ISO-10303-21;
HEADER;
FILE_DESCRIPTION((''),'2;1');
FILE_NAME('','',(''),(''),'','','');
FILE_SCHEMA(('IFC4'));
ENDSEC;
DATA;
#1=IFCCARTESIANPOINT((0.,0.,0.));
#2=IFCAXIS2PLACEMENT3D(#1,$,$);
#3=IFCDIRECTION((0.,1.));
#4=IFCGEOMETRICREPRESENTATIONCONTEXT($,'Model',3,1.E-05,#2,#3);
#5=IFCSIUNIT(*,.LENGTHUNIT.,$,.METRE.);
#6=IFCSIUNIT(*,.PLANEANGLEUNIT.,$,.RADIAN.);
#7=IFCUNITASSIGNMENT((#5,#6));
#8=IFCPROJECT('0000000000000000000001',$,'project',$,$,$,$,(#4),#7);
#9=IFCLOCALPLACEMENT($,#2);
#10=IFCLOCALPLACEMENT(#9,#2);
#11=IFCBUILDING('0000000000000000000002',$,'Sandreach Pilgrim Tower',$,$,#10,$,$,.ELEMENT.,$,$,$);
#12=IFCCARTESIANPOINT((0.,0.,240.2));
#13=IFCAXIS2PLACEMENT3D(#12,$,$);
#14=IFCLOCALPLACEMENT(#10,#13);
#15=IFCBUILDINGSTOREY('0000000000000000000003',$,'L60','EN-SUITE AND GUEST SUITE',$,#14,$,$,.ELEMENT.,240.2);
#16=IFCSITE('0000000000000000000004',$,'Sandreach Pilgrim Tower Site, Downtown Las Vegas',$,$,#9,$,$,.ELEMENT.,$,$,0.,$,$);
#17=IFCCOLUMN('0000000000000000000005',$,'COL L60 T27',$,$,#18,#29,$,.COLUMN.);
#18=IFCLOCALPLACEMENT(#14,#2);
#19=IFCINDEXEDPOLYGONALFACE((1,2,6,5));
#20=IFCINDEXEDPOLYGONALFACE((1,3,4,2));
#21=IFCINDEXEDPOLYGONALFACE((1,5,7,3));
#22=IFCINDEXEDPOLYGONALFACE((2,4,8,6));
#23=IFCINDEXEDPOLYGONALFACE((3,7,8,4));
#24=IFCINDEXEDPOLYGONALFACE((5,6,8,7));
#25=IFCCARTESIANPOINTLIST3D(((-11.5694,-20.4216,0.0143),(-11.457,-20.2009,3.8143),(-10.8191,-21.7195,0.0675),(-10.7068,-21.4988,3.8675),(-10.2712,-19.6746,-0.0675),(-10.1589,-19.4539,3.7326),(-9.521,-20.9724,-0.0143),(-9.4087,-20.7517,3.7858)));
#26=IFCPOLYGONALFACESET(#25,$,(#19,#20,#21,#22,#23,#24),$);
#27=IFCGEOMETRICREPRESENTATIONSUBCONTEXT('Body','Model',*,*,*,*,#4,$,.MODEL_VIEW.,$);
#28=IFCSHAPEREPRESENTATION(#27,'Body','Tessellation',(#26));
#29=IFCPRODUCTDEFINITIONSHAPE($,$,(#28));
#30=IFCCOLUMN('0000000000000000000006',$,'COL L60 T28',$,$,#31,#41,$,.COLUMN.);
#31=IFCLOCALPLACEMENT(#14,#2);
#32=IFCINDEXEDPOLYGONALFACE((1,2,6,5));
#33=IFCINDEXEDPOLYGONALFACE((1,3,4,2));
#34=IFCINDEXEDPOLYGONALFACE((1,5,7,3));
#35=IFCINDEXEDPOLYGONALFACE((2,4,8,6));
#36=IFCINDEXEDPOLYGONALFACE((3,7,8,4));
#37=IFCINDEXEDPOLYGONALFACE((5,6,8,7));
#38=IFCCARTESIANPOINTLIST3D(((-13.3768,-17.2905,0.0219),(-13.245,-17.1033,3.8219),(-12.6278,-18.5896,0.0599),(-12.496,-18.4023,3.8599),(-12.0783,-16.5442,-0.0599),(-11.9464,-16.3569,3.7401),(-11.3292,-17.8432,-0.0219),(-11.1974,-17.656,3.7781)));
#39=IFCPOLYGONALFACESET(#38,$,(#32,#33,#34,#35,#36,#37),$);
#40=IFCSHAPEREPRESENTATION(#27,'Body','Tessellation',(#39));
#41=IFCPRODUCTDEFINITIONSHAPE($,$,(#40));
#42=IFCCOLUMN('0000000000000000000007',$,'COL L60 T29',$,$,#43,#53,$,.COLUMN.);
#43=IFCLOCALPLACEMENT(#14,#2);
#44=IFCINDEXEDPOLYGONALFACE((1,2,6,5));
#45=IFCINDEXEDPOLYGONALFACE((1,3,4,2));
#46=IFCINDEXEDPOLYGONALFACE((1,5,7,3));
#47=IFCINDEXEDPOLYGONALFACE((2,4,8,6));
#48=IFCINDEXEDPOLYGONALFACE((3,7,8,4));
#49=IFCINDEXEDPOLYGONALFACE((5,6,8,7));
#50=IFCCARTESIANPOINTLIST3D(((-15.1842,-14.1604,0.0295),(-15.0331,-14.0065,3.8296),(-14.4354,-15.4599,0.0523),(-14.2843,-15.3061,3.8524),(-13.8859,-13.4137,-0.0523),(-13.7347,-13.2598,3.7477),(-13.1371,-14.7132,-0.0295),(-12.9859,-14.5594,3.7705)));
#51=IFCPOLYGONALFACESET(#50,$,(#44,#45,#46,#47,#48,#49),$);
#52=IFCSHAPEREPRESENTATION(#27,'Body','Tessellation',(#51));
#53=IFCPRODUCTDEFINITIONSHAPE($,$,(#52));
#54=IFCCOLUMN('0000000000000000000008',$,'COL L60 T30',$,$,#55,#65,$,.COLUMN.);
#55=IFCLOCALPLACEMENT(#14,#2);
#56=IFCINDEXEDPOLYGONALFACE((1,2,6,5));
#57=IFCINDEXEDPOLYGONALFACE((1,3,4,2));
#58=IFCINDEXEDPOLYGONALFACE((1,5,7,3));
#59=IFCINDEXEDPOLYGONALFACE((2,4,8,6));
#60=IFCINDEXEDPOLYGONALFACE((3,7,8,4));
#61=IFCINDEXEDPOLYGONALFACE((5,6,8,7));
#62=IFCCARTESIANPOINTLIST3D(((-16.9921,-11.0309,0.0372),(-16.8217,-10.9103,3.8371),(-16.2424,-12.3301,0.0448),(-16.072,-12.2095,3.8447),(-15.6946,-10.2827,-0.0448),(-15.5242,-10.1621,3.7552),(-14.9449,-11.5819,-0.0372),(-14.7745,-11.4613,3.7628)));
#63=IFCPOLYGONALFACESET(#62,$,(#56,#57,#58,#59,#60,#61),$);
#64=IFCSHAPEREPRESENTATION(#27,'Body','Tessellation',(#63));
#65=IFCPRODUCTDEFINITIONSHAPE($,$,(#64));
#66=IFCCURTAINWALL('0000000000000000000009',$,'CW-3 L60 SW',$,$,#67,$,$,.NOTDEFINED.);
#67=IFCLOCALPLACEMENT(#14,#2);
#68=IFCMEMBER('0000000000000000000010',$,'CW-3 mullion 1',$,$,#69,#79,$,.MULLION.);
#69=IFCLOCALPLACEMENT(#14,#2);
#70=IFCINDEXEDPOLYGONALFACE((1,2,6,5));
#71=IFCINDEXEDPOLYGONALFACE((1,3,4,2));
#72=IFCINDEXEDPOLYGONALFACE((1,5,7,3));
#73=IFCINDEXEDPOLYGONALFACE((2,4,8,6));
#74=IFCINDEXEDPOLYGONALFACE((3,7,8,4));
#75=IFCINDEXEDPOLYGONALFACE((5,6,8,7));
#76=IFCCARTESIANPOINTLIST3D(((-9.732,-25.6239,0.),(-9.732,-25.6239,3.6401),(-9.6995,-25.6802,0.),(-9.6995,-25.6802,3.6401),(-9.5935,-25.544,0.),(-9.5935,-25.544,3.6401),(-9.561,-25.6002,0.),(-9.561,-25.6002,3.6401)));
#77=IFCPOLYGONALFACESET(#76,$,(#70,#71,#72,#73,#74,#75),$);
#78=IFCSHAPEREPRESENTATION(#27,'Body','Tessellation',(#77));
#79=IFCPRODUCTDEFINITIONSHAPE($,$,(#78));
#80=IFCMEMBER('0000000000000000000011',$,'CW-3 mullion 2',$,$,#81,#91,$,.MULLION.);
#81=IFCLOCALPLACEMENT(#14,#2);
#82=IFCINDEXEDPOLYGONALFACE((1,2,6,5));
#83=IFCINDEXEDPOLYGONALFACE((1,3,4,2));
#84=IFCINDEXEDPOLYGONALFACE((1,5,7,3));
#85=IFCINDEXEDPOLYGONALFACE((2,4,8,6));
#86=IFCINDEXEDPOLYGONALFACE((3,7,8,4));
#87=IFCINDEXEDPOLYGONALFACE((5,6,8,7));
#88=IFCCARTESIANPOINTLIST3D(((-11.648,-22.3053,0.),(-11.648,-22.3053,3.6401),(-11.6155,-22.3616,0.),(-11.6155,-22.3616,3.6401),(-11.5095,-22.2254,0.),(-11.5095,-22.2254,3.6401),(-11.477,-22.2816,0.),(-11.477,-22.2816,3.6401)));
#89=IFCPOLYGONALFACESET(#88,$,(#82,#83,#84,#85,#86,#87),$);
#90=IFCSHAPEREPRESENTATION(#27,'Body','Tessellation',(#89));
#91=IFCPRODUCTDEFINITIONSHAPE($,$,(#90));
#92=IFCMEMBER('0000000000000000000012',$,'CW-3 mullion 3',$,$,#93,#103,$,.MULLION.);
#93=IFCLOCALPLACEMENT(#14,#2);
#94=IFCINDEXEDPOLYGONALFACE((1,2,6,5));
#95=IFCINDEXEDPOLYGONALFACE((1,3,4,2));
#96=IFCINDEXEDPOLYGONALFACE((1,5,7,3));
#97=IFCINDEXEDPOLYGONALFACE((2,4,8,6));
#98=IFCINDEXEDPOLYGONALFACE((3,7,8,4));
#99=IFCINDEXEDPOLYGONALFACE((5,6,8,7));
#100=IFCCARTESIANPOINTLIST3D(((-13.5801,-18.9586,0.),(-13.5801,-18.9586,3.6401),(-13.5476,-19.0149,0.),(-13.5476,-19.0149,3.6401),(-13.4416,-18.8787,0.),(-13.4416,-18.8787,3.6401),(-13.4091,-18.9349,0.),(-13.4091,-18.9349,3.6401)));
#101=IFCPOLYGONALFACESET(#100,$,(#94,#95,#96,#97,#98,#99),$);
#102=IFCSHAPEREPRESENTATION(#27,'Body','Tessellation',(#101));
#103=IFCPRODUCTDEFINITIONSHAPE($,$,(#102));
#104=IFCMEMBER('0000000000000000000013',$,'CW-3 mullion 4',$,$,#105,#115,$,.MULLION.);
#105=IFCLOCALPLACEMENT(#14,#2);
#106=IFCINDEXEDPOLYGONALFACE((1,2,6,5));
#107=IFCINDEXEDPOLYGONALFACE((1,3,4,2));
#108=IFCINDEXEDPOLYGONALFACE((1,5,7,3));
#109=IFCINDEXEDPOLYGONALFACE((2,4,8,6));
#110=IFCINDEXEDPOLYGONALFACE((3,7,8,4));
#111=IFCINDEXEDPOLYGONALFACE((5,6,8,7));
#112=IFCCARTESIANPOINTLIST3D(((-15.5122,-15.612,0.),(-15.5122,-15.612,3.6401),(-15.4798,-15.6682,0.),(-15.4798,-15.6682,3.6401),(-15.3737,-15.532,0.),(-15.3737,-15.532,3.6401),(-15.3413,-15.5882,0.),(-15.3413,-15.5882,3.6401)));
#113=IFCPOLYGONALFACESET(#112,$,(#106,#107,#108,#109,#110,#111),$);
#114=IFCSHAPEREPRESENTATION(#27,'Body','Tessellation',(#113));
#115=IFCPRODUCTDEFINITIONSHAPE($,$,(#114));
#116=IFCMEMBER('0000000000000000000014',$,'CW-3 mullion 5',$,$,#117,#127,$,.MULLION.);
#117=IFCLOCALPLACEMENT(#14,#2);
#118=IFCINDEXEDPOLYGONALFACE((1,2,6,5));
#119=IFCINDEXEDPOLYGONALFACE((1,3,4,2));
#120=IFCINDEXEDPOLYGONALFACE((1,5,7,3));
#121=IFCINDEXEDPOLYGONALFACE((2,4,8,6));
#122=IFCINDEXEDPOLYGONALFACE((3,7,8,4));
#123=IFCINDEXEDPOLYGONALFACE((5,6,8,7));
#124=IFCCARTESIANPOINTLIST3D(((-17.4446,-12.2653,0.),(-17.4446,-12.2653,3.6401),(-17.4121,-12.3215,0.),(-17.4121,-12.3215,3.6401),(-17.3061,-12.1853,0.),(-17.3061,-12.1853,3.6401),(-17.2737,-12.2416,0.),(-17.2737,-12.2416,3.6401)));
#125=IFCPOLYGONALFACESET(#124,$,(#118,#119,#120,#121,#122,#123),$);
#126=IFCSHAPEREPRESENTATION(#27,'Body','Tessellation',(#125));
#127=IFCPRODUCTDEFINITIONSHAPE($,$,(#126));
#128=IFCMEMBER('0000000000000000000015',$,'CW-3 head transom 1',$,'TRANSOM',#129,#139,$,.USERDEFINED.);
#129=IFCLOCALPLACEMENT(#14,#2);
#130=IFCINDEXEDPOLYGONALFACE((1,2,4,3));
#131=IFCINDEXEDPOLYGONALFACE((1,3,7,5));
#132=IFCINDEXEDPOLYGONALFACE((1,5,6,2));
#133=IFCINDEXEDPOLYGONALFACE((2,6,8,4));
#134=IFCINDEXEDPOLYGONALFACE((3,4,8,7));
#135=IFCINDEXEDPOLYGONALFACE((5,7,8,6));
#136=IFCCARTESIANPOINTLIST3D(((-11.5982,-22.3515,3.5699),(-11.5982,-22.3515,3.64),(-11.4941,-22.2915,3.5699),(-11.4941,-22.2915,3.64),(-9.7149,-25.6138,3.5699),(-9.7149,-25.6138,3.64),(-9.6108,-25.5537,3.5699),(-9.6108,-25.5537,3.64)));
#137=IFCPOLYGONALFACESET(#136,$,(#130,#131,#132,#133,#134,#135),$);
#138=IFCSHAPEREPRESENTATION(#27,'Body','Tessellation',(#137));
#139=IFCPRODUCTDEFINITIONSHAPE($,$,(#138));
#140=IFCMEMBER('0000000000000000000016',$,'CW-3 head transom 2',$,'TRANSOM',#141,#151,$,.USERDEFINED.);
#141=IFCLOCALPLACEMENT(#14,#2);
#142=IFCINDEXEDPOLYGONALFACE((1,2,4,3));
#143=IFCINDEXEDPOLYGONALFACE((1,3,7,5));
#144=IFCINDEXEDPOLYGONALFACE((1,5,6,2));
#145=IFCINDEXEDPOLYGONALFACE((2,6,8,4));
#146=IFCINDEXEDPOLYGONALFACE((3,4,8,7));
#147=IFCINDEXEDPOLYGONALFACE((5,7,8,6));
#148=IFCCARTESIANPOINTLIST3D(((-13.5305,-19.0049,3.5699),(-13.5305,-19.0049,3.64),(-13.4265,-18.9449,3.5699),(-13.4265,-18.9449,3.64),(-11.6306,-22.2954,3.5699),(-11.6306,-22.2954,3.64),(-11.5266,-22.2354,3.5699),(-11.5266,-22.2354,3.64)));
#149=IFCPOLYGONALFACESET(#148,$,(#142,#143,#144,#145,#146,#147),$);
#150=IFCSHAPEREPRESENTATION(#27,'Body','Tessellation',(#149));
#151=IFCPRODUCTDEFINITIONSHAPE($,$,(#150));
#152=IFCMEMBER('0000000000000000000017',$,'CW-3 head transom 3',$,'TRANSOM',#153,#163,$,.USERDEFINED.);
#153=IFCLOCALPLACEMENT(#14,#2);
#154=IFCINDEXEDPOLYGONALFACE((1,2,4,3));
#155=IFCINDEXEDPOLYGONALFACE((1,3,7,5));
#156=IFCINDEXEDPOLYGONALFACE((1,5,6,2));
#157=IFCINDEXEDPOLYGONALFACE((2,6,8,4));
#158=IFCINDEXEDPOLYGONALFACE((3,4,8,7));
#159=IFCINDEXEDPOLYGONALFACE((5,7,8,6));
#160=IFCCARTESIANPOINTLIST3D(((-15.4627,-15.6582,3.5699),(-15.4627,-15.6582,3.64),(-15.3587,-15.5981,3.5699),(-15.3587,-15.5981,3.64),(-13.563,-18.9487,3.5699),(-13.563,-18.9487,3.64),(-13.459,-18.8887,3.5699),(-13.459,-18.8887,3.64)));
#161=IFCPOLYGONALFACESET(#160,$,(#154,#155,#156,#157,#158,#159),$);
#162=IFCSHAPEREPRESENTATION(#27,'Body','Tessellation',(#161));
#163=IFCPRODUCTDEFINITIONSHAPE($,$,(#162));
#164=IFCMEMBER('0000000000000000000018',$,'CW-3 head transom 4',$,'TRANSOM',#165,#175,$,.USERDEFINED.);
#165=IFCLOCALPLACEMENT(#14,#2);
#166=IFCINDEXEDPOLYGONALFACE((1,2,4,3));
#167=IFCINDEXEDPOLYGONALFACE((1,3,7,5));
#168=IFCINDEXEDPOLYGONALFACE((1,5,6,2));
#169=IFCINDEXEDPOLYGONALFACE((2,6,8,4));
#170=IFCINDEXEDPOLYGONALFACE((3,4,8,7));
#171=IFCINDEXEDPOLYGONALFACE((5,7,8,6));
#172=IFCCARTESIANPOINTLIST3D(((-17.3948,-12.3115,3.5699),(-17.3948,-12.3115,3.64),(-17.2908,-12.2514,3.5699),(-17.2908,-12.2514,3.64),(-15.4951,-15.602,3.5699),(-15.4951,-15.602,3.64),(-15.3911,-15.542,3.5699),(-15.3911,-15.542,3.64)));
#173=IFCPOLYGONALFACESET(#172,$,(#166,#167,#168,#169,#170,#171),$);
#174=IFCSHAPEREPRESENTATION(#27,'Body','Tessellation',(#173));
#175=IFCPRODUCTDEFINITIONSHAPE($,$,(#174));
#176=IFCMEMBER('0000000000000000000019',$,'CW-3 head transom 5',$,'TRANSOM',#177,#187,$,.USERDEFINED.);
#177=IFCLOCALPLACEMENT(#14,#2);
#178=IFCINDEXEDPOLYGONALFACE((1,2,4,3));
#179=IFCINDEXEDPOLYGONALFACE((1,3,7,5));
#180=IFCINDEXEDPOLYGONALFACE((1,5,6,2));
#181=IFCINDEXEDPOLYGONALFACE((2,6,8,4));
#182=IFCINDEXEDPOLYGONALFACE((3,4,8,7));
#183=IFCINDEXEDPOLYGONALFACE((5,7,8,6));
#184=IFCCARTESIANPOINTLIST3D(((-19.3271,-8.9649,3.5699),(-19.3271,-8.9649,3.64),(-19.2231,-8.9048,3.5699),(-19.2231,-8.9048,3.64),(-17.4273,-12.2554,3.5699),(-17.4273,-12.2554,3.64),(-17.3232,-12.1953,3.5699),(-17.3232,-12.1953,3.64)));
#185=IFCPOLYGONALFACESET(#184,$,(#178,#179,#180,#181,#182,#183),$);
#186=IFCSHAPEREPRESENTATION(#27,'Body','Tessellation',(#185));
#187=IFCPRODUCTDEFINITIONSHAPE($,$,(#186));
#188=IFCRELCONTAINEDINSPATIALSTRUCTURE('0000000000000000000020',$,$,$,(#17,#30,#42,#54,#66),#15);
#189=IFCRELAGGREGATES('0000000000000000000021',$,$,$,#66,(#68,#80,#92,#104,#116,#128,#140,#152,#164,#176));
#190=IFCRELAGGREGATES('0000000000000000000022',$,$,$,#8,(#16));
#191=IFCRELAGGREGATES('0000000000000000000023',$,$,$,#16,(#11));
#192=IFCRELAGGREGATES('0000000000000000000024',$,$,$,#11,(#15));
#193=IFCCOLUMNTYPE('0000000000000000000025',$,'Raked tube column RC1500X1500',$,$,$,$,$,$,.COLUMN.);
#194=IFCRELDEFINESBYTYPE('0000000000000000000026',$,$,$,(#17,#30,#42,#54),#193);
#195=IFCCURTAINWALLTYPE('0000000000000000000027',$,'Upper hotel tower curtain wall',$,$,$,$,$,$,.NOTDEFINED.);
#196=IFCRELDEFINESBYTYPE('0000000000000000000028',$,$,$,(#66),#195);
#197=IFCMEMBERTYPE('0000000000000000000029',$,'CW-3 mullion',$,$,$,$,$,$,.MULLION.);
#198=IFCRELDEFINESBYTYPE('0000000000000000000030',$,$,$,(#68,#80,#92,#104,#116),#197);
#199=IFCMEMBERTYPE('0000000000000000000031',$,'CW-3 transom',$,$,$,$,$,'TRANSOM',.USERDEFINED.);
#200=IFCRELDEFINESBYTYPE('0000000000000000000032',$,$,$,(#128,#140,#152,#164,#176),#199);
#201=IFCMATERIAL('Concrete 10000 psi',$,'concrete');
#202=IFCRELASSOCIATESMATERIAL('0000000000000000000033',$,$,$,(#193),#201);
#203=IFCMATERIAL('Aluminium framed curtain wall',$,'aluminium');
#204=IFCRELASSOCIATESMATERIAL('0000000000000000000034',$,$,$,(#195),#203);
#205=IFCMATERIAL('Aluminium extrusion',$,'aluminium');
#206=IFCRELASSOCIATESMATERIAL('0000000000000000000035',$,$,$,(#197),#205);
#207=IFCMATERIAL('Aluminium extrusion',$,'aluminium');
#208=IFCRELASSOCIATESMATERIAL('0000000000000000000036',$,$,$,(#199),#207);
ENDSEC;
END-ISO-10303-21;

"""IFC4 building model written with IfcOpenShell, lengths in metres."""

from ifc_helpers import new_model, si_unit, direction, frame, origin, origin_2d, place, context, subcontext, project, spatial, rectangle, extrude, material, material_profile, profile_set, type_object, element, aggregate, save


model = new_model("IFC4")

# Units and contexts
model_context = context("Model", 3, precision=1e-05, world=origin(), true_north=direction((0.0, 1.0)))
body_context = subcontext(model_context, "Body", "Model", "MODEL_VIEW")
ifc_project = project(units=[si_unit("LENGTHUNIT", "METRE"), si_unit("PLANEANGLEUNIT", "RADIAN")], contexts=[model_context])

# Site, building, storey
site_placement = place(None, origin())
site = spatial("IfcSite", under=ifc_project, at=site_placement, Name="Sandreach Pilgrim Tower Site, Downtown Las Vegas", CompositionType="ELEMENT", RefElevation=0.0)
building_placement = place(site_placement, origin())
building = spatial("IfcBuilding", under=site, at=building_placement, Name="Sandreach Pilgrim Tower", CompositionType="ELEMENT")
storey_placement = place(building_placement, frame((0.0, 0.0, 240.2)))
storey = spatial("IfcBuildingStorey", under=building, at=storey_placement, Name="L60", Description="EN-SUITE AND GUEST SUITE", CompositionType="ELEMENT", Elevation=240.2)

# Columns
ifc_material_1 = material(Name="Concrete 10000 psi", Category="concrete")
ifc_material_profile_1 = material_profile(ifc_material_1, rectangle(XDim=1.5, YDim=1.5, at=origin_2d()), Name="RC1500X1500")
ifc_profile_set_1 = profile_set([ifc_material_profile_1], Name="Concrete 10000 psi")
column_type = type_object("IfcColumnType", Name="Raked tube column RC1500X1500", PredefinedType="COLUMN", material=ifc_profile_set_1)
column_1_placement = place(storey_placement, frame((-10.5452, -20.697, 0.0), z_axis=(0.029491, 0.057956, 0.997883), x_axis=(-0.865444, -0.498032, 0.054502)))
element("IfcColumn", 1, at=column_1_placement, inside=storey, type_object=column_type, Name="COL L60 T27", PredefinedType="COLUMN", context=body_context, shape_type="SweptSolid", body=[
    extrude(rectangle(XDim=1.5, YDim=1.5, at=origin_2d()), origin(), (0.0, 0.0, 1.0), 3.8081),
])
column_2_placement = place(storey_placement, frame((-12.353, -17.5669, 0.0), z_axis=(0.03463, 0.049188, 0.998189), x_axis=(-0.865711, -0.497563, 0.054553)))
element("IfcColumn", 2, at=column_2_placement, inside=storey, type_object=column_type, Name="COL L60 T28", PredefinedType="COLUMN", context=body_context, shape_type="SweptSolid", body=[
    extrude(rectangle(XDim=1.5, YDim=1.5, at=origin_2d()), origin(), (0.0, 0.0, 1.0), 3.8069),
])
column_3_placement = place(storey_placement, frame((-14.1606, -14.4368, 0.0), z_axis=(0.039705, 0.04041, 0.998394), x_axis=(-0.865573, -0.4978, 0.054571)))
element("IfcColumn", 3, at=column_3_placement, inside=storey, type_object=column_type, Name="COL L60 T29", PredefinedType="COLUMN", context=body_context, shape_type="SweptSolid", body=[
    extrude(rectangle(XDim=1.5, YDim=1.5, at=origin_2d()), origin(), (0.0, 0.0, 1.0), 3.8062),
])
column_4_placement = place(storey_placement, frame((-15.9685, -11.3064, 0.0), z_axis=(0.044777, 0.03169, 0.998494), x_axis=(-0.864976, -0.498832, 0.054621)))
element("IfcColumn", 4, at=column_4_placement, inside=storey, type_object=column_type, Name="COL L60 T30", PredefinedType="COLUMN", context=body_context, shape_type="SweptSolid", body=[
    extrude(rectangle(XDim=1.5, YDim=1.5, at=origin_2d()), origin(), (0.0, 0.0, 1.0), 3.8057),
])

# Curtain wall, members
ifc_material_2 = material(Name="Aluminium framed curtain wall", Category="aluminium")
curtain_wall_type = type_object("IfcCurtainWallType", Name="Upper hotel tower curtain wall", PredefinedType="NOTDEFINED", material=ifc_material_2)
curtain_wall_placement = place(storey_placement, origin())
curtain_wall = element("IfcCurtainWall", 5, at=curtain_wall_placement, inside=storey, type_object=curtain_wall_type, Name="CW-3 L60 SW", PredefinedType="NOTDEFINED")
ifc_material_3 = material(Name="Aluminium extrusion", Category="aluminium")
ifc_material_profile_2 = material_profile(ifc_material_3, rectangle(XDim=0.0649, YDim=0.1599, at=origin_2d()), Name="CW-3M 65X160")
ifc_profile_set_2 = profile_set([ifc_material_profile_2], Name="Aluminium extrusion")
member_type_1 = type_object("IfcMemberType", Name="CW-3 mullion", PredefinedType="MULLION", material=ifc_profile_set_2)
member_1_placement = place(storey_placement, frame((-9.6465, -25.6121, 0.0), z_axis=(0.0, 0.0, 1.0), x_axis=(-0.5, 0.866025, 0.0)))
member_1 = element("IfcMember", 6, at=member_1_placement, type_object=member_type_1, Name="CW-3 mullion 1", PredefinedType="MULLION", context=body_context, shape_type="SweptSolid", body=[
    extrude(rectangle(XDim=0.0649, YDim=0.1599, at=origin_2d()), origin(), (0.0, 0.0, 1.0), 3.6401),
])
member_2_placement = place(storey_placement, frame((-11.5625, -22.2935, 0.0), z_axis=(0.0, 0.0, 1.0), x_axis=(-0.5, 0.866025, 0.0)))
member_2 = element("IfcMember", 7, at=member_2_placement, type_object=member_type_1, Name="CW-3 mullion 2", PredefinedType="MULLION", context=body_context, shape_type="SweptSolid", body=[
    extrude(rectangle(XDim=0.0649, YDim=0.1599, at=origin_2d()), origin(), (0.0, 0.0, 1.0), 3.6401),
])
member_3_placement = place(storey_placement, frame((-13.4946, -18.9468, 0.0), z_axis=(0.0, 0.0, 1.0), x_axis=(-0.5, 0.866025, 0.0)))
member_3 = element("IfcMember", 8, at=member_3_placement, type_object=member_type_1, Name="CW-3 mullion 3", PredefinedType="MULLION", context=body_context, shape_type="SweptSolid", body=[
    extrude(rectangle(XDim=0.0649, YDim=0.1599, at=origin_2d()), origin(), (0.0, 0.0, 1.0), 3.6401),
])
member_4_placement = place(storey_placement, frame((-15.4268, -15.6001, 0.0), z_axis=(0.0, 0.0, 1.0), x_axis=(-0.5, 0.866025, 0.0)))
member_4 = element("IfcMember", 9, at=member_4_placement, type_object=member_type_1, Name="CW-3 mullion 4", PredefinedType="MULLION", context=body_context, shape_type="SweptSolid", body=[
    extrude(rectangle(XDim=0.0649, YDim=0.1599, at=origin_2d()), origin(), (0.0, 0.0, 1.0), 3.6401),
])
member_5_placement = place(storey_placement, frame((-17.3591, -12.2534, 0.0), z_axis=(0.0, 0.0, 1.0), x_axis=(-0.5, 0.866025, 0.0)))
member_5 = element("IfcMember", 10, at=member_5_placement, type_object=member_type_1, Name="CW-3 mullion 5", PredefinedType="MULLION", context=body_context, shape_type="SweptSolid", body=[
    extrude(rectangle(XDim=0.0649, YDim=0.1599, at=origin_2d()), origin(), (0.0, 0.0, 1.0), 3.6401),
])
ifc_material_4 = material(Name="Aluminium extrusion", Category="aluminium")
ifc_material_profile_3 = material_profile(ifc_material_4, rectangle(XDim=0.1201, YDim=0.0701, at=origin_2d()), Name="CW-3T 120X70")
ifc_profile_set_3 = profile_set([ifc_material_profile_3], Name="Aluminium extrusion")
member_type_2 = type_object("IfcMemberType", Name="CW-3 transom", ElementType="TRANSOM", PredefinedType="USERDEFINED", material=ifc_profile_set_3)
member_6_placement = place(storey_placement, frame((-9.6628, -25.5837, 3.605), z_axis=(-0.499973, 0.866041, 0.0), x_axis=(-0.866041, -0.499973, 0.0)))
member_6 = element("IfcMember", 11, at=member_6_placement, type_object=member_type_2, Name="CW-3 head transom 1", ObjectType="TRANSOM", PredefinedType="USERDEFINED", context=body_context, shape_type="SweptSolid", body=[
    extrude(rectangle(XDim=0.1201, YDim=0.0701, at=origin_2d()), origin(), (0.0, 0.0, 1.0), 3.7668),
])
member_7_placement = place(storey_placement, frame((-11.5786, -22.2654, 3.605), z_axis=(-0.500023, 0.866012, 0.0), x_axis=(-0.866012, -0.500023, 0.0)))
member_7 = element("IfcMember", 12, at=member_7_placement, type_object=member_type_2, Name="CW-3 head transom 2", ObjectType="TRANSOM", PredefinedType="USERDEFINED", context=body_context, shape_type="SweptSolid", body=[
    extrude(rectangle(XDim=0.1201, YDim=0.0701, at=origin_2d()), origin(), (0.0, 0.0, 1.0), 3.7996),
])
member_8_placement = place(storey_placement, frame((-13.511, -18.9187, 3.605), z_axis=(-0.499975, 0.86604, 0.0), x_axis=(-0.86604, -0.499975, 0.0)))
member_8 = element("IfcMember", 13, at=member_8_placement, type_object=member_type_2, Name="CW-3 head transom 3", ObjectType="TRANSOM", PredefinedType="USERDEFINED", context=body_context, shape_type="SweptSolid", body=[
    extrude(rectangle(XDim=0.1201, YDim=0.0701, at=origin_2d()), origin(), (0.0, 0.0, 1.0), 3.7996),
])
member_9_placement = place(storey_placement, frame((-15.4431, -15.572, 3.605), z_axis=(-0.499975, 0.86604, 0.0), x_axis=(-0.86604, -0.499975, 0.0)))
member_9 = element("IfcMember", 14, at=member_9_placement, type_object=member_type_2, Name="CW-3 head transom 4", ObjectType="TRANSOM", PredefinedType="USERDEFINED", context=body_context, shape_type="SweptSolid", body=[
    extrude(rectangle(XDim=0.1201, YDim=0.0701, at=origin_2d()), origin(), (0.0, 0.0, 1.0), 3.7996),
])
member_10_placement = place(storey_placement, frame((-17.3752, -12.2253, 3.605), z_axis=(-0.500023, 0.866012, 0.0), x_axis=(-0.866012, -0.500023, 0.0)))
member_10 = element("IfcMember", 15, at=member_10_placement, type_object=member_type_2, Name="CW-3 head transom 5", ObjectType="TRANSOM", PredefinedType="USERDEFINED", context=body_context, shape_type="SweptSolid", body=[
    extrude(rectangle(XDim=0.1201, YDim=0.0701, at=origin_2d()), origin(), (0.0, 0.0, 1.0), 3.7996),
])

aggregate(curtain_wall, [member_1, member_2, member_3, member_4, member_5, member_6, member_7, member_8, member_9, member_10])

save(model, "model.ifc")
